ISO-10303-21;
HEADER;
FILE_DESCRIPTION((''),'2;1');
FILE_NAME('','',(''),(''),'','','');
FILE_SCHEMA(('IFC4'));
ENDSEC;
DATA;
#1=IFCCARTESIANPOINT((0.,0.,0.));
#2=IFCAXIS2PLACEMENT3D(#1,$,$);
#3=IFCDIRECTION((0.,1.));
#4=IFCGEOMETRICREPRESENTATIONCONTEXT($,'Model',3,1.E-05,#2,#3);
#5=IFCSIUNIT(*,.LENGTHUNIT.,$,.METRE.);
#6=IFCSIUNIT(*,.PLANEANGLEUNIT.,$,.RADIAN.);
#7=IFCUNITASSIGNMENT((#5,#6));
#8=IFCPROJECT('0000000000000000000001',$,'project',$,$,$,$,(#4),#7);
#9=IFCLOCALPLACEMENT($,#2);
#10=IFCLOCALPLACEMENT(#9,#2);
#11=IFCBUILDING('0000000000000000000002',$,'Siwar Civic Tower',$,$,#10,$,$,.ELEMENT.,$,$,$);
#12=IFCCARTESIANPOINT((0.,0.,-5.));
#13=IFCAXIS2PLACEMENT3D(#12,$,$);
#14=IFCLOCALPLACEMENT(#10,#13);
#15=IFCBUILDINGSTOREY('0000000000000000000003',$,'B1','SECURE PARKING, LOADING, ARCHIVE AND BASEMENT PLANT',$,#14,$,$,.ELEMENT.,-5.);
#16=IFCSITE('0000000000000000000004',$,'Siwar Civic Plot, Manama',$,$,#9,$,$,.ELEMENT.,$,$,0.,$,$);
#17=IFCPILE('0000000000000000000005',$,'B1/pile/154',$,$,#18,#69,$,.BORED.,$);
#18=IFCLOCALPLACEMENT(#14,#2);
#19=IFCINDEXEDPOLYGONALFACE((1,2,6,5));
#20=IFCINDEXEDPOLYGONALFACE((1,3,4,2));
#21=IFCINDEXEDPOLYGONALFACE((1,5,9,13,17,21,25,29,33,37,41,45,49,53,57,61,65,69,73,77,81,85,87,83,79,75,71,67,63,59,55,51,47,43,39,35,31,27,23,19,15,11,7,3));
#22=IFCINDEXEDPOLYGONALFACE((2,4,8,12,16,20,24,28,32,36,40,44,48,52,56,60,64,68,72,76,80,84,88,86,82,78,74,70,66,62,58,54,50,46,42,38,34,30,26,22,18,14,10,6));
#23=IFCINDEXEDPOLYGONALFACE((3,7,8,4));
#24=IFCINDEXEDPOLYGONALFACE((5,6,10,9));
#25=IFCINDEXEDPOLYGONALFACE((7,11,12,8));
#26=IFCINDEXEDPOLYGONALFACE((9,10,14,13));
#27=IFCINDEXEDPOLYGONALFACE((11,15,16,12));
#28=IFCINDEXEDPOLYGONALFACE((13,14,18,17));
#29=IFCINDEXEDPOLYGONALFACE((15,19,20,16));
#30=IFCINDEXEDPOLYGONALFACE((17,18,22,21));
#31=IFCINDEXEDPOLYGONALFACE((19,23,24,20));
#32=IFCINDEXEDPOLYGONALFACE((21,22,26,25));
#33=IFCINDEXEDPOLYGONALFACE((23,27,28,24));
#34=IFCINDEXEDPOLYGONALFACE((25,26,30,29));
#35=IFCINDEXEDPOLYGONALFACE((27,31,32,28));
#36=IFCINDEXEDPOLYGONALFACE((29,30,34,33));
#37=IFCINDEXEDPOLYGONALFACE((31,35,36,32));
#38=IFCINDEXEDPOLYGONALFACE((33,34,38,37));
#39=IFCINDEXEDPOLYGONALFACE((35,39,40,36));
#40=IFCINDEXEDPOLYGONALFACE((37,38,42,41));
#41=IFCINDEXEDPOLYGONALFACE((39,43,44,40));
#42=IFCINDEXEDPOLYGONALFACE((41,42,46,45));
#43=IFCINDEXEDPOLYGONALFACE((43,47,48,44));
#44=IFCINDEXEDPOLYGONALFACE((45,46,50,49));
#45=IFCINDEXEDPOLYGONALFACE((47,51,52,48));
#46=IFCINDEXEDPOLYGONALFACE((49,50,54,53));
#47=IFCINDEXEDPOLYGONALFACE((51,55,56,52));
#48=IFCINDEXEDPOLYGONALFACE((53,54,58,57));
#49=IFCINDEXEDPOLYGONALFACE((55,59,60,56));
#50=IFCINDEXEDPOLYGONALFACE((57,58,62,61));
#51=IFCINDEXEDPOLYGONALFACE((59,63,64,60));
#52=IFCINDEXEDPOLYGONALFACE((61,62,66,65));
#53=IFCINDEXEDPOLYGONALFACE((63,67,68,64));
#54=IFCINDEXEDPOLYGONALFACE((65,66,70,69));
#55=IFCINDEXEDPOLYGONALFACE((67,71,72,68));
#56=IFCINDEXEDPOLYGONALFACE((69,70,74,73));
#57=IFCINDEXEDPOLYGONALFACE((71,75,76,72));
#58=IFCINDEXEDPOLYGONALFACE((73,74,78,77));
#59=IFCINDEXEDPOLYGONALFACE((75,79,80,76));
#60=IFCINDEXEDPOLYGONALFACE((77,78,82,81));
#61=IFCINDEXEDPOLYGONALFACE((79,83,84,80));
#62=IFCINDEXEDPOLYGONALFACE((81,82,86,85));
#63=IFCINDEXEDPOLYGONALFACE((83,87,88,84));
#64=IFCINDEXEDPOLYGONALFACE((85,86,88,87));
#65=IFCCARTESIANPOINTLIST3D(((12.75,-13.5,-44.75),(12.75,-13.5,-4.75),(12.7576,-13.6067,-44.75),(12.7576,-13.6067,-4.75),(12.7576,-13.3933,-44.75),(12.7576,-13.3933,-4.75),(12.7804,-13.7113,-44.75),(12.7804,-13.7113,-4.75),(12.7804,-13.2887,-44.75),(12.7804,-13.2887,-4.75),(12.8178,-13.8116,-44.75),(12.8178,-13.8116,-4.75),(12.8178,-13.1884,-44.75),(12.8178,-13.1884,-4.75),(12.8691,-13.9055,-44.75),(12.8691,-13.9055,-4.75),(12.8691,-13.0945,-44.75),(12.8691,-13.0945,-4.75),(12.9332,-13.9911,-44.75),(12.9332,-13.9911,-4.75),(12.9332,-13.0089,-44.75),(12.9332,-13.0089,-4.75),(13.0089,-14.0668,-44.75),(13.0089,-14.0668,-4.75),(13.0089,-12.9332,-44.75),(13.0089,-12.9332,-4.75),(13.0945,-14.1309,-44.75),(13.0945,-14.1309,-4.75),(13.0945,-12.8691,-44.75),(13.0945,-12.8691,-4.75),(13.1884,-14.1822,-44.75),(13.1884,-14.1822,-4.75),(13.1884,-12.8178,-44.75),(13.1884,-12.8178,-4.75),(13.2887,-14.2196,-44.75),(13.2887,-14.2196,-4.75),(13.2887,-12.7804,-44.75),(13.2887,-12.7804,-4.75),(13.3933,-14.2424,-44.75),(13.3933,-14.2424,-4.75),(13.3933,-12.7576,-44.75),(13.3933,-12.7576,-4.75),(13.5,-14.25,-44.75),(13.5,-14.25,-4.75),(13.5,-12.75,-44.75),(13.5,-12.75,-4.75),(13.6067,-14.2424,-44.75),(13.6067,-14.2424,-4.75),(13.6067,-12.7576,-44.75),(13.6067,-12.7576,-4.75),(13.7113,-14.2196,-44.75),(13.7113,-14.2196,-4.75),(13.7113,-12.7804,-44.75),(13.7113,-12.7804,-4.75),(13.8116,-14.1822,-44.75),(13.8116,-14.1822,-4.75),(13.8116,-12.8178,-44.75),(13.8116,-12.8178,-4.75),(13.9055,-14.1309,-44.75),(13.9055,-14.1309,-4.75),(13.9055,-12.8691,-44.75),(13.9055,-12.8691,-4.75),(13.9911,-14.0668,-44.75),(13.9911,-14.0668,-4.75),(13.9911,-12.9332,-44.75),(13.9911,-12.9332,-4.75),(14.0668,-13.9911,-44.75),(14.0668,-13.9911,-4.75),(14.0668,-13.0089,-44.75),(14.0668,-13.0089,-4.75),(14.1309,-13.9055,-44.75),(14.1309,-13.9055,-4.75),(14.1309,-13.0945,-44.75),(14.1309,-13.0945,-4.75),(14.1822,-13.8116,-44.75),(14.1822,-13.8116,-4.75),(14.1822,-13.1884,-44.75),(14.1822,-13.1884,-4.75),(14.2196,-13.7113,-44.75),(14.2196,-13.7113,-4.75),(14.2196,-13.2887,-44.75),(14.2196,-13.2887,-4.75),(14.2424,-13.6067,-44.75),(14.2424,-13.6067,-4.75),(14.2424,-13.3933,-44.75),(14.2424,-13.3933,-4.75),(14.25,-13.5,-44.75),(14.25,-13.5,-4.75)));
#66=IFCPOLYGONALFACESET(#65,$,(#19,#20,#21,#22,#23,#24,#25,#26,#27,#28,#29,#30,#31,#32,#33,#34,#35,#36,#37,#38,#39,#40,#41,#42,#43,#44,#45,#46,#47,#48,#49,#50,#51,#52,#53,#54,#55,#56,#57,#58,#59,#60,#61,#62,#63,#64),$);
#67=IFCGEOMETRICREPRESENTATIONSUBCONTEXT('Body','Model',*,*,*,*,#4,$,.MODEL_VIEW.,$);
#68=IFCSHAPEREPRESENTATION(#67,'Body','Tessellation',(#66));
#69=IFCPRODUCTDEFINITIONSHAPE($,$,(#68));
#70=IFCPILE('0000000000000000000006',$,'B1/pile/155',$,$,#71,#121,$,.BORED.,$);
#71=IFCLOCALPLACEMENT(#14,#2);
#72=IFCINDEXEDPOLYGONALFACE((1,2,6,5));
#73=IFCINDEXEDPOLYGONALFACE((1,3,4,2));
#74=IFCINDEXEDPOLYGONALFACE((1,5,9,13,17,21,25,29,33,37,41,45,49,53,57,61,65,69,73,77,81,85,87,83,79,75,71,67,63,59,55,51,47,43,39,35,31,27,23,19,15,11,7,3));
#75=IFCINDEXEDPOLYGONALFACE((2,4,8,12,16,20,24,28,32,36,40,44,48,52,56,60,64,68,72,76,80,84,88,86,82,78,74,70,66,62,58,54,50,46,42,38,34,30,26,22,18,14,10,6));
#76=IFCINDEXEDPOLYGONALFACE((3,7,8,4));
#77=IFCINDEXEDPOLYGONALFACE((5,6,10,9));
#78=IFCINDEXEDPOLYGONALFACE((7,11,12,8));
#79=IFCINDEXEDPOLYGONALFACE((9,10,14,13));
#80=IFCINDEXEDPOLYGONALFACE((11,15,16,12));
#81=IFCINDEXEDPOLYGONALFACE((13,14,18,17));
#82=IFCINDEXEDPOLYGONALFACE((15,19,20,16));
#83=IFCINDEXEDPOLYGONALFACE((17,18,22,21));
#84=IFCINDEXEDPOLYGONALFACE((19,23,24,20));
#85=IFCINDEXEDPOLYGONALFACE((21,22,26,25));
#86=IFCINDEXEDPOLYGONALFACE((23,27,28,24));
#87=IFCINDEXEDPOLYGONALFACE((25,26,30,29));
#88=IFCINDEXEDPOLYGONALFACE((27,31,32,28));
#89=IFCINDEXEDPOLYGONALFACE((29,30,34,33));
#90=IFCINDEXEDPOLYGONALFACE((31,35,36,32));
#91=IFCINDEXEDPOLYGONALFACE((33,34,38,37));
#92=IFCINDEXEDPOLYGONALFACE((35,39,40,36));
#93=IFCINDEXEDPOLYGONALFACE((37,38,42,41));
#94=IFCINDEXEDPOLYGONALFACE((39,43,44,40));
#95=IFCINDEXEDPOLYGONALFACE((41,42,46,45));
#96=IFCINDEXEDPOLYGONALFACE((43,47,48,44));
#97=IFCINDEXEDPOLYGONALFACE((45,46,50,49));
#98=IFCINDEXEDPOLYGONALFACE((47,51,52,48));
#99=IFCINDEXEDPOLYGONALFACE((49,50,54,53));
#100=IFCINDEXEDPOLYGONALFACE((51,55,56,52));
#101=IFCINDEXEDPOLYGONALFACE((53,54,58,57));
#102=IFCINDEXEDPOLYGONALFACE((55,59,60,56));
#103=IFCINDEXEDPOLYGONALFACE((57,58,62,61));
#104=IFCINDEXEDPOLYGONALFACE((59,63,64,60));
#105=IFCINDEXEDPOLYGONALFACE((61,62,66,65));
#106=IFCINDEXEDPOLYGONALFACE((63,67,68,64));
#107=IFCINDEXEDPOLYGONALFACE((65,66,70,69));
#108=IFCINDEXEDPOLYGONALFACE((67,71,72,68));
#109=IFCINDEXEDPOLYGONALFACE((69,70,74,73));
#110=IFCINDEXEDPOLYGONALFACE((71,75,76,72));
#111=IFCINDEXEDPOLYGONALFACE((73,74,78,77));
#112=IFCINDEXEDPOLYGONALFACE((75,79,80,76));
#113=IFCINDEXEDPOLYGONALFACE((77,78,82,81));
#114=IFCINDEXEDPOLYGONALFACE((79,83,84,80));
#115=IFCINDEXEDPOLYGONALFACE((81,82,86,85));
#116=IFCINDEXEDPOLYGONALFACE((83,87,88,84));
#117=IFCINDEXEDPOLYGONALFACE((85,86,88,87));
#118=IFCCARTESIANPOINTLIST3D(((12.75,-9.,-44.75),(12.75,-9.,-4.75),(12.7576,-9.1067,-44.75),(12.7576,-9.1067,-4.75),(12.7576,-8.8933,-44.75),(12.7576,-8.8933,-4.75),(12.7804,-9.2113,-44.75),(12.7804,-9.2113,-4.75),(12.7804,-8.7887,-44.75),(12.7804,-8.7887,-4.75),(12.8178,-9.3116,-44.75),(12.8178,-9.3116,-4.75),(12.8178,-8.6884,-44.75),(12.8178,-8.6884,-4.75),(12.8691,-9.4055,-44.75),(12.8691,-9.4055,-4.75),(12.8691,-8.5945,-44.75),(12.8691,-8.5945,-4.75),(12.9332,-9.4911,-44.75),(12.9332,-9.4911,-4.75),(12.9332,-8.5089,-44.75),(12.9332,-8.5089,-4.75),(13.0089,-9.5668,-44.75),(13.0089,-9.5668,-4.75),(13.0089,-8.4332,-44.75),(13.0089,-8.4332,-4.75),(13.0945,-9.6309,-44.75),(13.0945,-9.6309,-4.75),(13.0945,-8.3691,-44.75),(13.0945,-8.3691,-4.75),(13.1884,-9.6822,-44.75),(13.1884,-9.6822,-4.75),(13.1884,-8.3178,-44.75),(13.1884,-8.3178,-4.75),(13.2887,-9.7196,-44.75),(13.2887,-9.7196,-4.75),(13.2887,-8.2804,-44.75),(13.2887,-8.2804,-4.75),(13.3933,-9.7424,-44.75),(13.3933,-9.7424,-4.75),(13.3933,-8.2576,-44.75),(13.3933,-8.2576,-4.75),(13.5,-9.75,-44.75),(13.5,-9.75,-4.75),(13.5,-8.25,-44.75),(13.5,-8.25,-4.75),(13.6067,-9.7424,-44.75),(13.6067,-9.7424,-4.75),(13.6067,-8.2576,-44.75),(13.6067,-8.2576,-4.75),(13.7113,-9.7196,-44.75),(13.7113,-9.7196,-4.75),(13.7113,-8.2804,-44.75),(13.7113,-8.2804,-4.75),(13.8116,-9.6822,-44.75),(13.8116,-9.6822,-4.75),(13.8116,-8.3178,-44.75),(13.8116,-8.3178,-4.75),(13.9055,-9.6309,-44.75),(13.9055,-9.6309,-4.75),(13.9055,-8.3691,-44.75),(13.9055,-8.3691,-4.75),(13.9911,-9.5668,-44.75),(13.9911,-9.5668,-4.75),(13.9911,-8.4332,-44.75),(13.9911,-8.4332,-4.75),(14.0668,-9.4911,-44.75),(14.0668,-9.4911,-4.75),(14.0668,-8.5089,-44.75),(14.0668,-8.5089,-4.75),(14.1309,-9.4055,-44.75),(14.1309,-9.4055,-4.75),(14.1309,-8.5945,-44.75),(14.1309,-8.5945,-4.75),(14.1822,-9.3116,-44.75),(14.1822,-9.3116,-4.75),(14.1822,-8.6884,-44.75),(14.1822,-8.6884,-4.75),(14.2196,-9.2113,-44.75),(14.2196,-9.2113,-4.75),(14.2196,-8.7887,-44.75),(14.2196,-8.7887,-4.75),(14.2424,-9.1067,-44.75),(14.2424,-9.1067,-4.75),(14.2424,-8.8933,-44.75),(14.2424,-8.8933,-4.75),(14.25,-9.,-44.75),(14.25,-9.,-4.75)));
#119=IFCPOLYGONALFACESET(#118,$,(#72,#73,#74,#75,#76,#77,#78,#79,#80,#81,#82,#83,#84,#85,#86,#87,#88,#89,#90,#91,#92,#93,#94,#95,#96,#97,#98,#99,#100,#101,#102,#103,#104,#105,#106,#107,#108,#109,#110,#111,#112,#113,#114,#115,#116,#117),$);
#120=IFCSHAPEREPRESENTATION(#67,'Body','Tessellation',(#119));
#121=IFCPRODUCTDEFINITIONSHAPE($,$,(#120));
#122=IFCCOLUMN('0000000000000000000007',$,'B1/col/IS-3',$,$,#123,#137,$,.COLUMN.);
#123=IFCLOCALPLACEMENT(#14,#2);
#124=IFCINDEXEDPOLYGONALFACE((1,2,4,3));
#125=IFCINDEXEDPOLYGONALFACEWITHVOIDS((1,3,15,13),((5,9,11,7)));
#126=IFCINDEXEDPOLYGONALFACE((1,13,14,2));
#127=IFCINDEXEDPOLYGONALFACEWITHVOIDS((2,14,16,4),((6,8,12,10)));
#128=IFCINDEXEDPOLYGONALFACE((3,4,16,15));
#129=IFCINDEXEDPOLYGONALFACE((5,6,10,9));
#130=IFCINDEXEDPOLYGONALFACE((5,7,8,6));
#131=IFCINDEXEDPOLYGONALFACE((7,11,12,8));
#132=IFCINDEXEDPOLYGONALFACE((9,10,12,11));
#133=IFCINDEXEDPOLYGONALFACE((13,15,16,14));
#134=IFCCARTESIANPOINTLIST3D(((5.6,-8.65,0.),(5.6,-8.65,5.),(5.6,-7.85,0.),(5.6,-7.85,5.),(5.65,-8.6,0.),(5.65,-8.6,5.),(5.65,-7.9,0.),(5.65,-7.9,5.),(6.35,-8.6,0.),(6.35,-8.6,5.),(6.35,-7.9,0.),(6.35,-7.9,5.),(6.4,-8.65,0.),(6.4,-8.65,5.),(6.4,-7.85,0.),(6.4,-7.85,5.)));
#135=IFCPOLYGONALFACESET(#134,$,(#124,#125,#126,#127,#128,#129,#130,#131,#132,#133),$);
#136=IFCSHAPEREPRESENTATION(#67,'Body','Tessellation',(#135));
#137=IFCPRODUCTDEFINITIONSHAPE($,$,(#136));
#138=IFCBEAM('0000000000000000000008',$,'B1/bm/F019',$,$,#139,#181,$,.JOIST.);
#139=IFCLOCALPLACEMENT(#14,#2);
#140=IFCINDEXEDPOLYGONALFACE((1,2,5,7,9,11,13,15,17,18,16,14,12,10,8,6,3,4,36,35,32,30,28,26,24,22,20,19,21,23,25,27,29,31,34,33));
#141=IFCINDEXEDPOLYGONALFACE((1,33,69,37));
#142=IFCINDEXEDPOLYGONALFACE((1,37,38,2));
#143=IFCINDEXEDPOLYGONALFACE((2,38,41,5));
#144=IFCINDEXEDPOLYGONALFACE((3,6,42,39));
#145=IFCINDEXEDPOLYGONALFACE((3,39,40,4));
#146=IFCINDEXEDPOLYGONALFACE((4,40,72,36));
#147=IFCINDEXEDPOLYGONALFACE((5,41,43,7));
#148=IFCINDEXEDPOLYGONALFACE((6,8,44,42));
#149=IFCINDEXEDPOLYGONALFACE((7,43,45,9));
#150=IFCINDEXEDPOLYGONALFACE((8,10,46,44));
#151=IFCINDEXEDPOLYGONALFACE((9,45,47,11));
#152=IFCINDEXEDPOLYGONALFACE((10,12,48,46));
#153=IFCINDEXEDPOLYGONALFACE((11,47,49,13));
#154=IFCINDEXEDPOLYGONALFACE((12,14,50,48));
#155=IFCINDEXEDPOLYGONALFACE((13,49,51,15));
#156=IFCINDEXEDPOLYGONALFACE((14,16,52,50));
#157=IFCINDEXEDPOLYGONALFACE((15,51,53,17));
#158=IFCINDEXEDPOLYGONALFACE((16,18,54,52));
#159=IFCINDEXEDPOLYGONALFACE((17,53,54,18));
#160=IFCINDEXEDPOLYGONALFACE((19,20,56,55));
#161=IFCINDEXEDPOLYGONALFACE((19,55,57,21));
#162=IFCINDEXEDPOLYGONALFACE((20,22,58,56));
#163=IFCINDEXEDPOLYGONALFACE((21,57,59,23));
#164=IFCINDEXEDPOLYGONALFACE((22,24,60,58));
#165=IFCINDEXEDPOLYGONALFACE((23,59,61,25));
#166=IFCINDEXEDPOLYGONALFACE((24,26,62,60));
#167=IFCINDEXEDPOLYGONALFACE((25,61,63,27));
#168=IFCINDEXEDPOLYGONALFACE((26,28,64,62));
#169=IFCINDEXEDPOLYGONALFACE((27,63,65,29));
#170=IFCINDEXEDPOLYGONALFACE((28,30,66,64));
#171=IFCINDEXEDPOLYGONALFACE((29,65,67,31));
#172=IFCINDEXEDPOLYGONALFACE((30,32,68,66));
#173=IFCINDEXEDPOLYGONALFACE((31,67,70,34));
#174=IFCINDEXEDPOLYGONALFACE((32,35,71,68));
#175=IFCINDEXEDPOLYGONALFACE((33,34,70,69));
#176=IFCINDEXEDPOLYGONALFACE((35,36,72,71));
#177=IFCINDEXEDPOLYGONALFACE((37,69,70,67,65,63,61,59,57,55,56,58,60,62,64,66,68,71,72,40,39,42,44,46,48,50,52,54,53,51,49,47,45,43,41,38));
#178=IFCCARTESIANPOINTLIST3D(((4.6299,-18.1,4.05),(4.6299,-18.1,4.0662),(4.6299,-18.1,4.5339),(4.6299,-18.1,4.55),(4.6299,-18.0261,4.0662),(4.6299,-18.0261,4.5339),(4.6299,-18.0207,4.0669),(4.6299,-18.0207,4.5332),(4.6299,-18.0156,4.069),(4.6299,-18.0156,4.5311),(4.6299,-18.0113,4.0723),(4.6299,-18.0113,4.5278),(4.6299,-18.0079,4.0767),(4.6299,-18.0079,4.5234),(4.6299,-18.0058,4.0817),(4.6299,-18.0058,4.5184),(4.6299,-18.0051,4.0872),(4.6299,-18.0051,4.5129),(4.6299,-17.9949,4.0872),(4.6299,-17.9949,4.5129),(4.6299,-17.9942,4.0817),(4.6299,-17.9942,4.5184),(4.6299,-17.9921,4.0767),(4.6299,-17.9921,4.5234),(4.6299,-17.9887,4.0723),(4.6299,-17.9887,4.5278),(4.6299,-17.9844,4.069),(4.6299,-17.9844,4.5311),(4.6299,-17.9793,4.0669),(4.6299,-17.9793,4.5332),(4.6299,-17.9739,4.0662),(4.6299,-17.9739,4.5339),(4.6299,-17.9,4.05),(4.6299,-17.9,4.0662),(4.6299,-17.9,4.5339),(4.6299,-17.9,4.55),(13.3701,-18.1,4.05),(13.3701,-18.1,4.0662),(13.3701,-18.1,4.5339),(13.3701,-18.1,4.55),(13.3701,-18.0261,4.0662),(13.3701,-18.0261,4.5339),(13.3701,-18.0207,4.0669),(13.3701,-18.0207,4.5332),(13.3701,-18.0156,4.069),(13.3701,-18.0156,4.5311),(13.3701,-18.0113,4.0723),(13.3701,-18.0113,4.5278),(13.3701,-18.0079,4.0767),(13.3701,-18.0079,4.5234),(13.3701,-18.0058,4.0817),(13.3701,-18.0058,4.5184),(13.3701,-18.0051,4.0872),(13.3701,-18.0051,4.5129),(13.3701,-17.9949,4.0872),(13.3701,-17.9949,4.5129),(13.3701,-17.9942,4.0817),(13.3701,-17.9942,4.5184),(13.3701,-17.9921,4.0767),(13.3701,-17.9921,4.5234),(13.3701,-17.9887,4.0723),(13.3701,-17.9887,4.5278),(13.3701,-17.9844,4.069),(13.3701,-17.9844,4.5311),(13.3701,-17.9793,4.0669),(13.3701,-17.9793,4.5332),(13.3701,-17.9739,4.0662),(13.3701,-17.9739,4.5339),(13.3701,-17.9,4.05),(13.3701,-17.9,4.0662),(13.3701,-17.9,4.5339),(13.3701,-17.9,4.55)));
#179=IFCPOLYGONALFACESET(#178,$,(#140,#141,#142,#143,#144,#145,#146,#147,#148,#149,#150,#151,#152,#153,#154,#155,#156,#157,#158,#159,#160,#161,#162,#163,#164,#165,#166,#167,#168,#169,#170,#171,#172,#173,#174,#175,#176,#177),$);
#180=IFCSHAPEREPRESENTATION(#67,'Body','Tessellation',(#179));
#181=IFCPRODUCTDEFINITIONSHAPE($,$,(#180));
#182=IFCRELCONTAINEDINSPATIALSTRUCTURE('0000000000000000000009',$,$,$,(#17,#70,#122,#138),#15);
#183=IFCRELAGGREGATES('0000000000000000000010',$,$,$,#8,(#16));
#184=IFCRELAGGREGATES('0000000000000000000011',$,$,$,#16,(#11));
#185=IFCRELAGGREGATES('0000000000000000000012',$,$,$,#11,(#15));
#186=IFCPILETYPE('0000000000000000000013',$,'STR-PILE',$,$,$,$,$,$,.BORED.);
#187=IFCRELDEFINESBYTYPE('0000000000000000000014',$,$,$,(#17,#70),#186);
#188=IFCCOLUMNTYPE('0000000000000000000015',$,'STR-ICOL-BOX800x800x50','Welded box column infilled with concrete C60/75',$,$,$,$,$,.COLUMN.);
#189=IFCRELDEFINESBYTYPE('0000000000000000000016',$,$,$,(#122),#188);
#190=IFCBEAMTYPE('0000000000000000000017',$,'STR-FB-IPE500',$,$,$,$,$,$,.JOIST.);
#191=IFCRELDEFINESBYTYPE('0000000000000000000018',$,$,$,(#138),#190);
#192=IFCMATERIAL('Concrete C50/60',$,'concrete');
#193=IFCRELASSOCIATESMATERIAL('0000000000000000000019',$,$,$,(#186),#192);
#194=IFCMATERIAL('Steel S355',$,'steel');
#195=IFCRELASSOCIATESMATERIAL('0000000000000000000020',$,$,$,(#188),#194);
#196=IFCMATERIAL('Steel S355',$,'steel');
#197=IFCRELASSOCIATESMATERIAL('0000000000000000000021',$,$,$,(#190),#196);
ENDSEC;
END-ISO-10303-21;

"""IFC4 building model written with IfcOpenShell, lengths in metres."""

from ifc_helpers import new_model, si_unit, direction, frame, origin, origin_2d, place, context, subcontext, project, spatial, hollow_rectangle, circle, i_section, extrude, material, material_profile, profile_set, type_object, element, save


model = new_model("IFC4")

# Units and contexts
model_context = context("Model", 3, precision=1e-05, world=origin(), true_north=direction((0.0, 1.0)))
body_context = subcontext(model_context, "Body", "Model", "MODEL_VIEW")
ifc_project = project(units=[si_unit("LENGTHUNIT", "METRE"), si_unit("PLANEANGLEUNIT", "RADIAN")], contexts=[model_context])

# Site, building, storey
site_placement = place(None, origin())
site = spatial("IfcSite", under=ifc_project, at=site_placement, Name="Siwar Civic Plot, Manama", CompositionType="ELEMENT", RefElevation=0.0)
building_placement = place(site_placement, origin())
building = spatial("IfcBuilding", under=site, at=building_placement, Name="Siwar Civic Tower", CompositionType="ELEMENT")
storey_placement = place(building_placement, frame((0.0, 0.0, -5.0)))
storey = spatial("IfcBuildingStorey", under=building, at=storey_placement, Name="B1", Description="SECURE PARKING, LOADING, ARCHIVE AND BASEMENT PLANT", CompositionType="ELEMENT", Elevation=-5.0)

# Piles
ifc_material_1 = material(Name="Concrete C50/60", Category="concrete")
ifc_material_profile_1 = material_profile(ifc_material_1, circle(Radius=0.75, at=origin_2d()), Name="PILE1500")
ifc_profile_set_1 = profile_set([ifc_material_profile_1], Name="Concrete C50/60")
pile_type = type_object("IfcPileType", Name="STR-PILE", PredefinedType="BORED", material=ifc_profile_set_1)
for number, where, z_axis, x_axis, name in (
    (1, (13.5, -13.5, -4.75), (0.0, 0.0, -1.0), (1.0, 0.0, 0.0), "B1/pile/154"),
    (2, (13.5, -9.0, -4.75), (0.0, 0.0, -1.0), (1.0, 0.0, 0.0), "B1/pile/155"),
):
    element("IfcPile", number, at=place(storey_placement, frame(where, z_axis=z_axis, x_axis=x_axis)), inside=storey, type_object=pile_type, Name=name, PredefinedType="BORED", context=body_context, shape_type="SweptSolid", body=[
        extrude(circle(Radius=0.75, at=origin_2d()), origin(), (0.0, 0.0, 1.0), 40.0),
    ])

# Column
ifc_material_2 = material(Name="Steel S355", Category="steel")
ifc_material_profile_2 = material_profile(ifc_material_2, hollow_rectangle(XDim=0.8, YDim=0.8, WallThickness=0.05, at=origin_2d()), Name="BOX800x800x50")
ifc_profile_set_2 = profile_set([ifc_material_profile_2], Name="Steel S355")
column_type = type_object("IfcColumnType", Name="STR-ICOL-BOX800x800x50", Description="Welded box column infilled with concrete C60/75", PredefinedType="COLUMN", material=ifc_profile_set_2)
column_placement = place(storey_placement, frame((6.0, -8.25, 0.0), z_axis=(0.0, 0.0, 1.0), x_axis=(1.0, 0.0, 0.0)))
element("IfcColumn", 3, at=column_placement, inside=storey, type_object=column_type, Name="B1/col/IS-3", PredefinedType="COLUMN", context=body_context, shape_type="SweptSolid", body=[
    extrude(hollow_rectangle(XDim=0.8, YDim=0.8, WallThickness=0.05, at=origin_2d()), origin(), (0.0, 0.0, 1.0), 5.0),
])

# Beam
ifc_material_3 = material(Name="Steel S355", Category="steel")
ifc_material_profile_3 = material_profile(ifc_material_3, i_section(OverallWidth=0.2, OverallDepth=0.5, WebThickness=0.0103, FlangeThickness=0.0161, FilletRadius=0.021, at=origin_2d()), Name="IPE500")
ifc_profile_set_3 = profile_set([ifc_material_profile_3], Name="Steel S355")
beam_type_1 = type_object("IfcBeamType", Name="STR-FB-IPE500", PredefinedType="JOIST", material=ifc_profile_set_3)
beam_1_placement = place(storey_placement, frame((4.6299, -18.0, 4.3), z_axis=(1.0, 0.0, 0.0), x_axis=(0.0, 1.0, 0.0)))
element("IfcBeam", 4, at=beam_1_placement, inside=storey, type_object=beam_type_1, Name="B1/bm/F019", PredefinedType="JOIST", context=body_context, shape_type="SweptSolid", body=[
    extrude(i_section(OverallWidth=0.2, OverallDepth=0.5, WebThickness=0.0103, FlangeThickness=0.0161, FilletRadius=0.021, at=origin_2d()), origin(), (0.0, 0.0, 1.0), 8.7402),
])

save(model, "model.ifc")
